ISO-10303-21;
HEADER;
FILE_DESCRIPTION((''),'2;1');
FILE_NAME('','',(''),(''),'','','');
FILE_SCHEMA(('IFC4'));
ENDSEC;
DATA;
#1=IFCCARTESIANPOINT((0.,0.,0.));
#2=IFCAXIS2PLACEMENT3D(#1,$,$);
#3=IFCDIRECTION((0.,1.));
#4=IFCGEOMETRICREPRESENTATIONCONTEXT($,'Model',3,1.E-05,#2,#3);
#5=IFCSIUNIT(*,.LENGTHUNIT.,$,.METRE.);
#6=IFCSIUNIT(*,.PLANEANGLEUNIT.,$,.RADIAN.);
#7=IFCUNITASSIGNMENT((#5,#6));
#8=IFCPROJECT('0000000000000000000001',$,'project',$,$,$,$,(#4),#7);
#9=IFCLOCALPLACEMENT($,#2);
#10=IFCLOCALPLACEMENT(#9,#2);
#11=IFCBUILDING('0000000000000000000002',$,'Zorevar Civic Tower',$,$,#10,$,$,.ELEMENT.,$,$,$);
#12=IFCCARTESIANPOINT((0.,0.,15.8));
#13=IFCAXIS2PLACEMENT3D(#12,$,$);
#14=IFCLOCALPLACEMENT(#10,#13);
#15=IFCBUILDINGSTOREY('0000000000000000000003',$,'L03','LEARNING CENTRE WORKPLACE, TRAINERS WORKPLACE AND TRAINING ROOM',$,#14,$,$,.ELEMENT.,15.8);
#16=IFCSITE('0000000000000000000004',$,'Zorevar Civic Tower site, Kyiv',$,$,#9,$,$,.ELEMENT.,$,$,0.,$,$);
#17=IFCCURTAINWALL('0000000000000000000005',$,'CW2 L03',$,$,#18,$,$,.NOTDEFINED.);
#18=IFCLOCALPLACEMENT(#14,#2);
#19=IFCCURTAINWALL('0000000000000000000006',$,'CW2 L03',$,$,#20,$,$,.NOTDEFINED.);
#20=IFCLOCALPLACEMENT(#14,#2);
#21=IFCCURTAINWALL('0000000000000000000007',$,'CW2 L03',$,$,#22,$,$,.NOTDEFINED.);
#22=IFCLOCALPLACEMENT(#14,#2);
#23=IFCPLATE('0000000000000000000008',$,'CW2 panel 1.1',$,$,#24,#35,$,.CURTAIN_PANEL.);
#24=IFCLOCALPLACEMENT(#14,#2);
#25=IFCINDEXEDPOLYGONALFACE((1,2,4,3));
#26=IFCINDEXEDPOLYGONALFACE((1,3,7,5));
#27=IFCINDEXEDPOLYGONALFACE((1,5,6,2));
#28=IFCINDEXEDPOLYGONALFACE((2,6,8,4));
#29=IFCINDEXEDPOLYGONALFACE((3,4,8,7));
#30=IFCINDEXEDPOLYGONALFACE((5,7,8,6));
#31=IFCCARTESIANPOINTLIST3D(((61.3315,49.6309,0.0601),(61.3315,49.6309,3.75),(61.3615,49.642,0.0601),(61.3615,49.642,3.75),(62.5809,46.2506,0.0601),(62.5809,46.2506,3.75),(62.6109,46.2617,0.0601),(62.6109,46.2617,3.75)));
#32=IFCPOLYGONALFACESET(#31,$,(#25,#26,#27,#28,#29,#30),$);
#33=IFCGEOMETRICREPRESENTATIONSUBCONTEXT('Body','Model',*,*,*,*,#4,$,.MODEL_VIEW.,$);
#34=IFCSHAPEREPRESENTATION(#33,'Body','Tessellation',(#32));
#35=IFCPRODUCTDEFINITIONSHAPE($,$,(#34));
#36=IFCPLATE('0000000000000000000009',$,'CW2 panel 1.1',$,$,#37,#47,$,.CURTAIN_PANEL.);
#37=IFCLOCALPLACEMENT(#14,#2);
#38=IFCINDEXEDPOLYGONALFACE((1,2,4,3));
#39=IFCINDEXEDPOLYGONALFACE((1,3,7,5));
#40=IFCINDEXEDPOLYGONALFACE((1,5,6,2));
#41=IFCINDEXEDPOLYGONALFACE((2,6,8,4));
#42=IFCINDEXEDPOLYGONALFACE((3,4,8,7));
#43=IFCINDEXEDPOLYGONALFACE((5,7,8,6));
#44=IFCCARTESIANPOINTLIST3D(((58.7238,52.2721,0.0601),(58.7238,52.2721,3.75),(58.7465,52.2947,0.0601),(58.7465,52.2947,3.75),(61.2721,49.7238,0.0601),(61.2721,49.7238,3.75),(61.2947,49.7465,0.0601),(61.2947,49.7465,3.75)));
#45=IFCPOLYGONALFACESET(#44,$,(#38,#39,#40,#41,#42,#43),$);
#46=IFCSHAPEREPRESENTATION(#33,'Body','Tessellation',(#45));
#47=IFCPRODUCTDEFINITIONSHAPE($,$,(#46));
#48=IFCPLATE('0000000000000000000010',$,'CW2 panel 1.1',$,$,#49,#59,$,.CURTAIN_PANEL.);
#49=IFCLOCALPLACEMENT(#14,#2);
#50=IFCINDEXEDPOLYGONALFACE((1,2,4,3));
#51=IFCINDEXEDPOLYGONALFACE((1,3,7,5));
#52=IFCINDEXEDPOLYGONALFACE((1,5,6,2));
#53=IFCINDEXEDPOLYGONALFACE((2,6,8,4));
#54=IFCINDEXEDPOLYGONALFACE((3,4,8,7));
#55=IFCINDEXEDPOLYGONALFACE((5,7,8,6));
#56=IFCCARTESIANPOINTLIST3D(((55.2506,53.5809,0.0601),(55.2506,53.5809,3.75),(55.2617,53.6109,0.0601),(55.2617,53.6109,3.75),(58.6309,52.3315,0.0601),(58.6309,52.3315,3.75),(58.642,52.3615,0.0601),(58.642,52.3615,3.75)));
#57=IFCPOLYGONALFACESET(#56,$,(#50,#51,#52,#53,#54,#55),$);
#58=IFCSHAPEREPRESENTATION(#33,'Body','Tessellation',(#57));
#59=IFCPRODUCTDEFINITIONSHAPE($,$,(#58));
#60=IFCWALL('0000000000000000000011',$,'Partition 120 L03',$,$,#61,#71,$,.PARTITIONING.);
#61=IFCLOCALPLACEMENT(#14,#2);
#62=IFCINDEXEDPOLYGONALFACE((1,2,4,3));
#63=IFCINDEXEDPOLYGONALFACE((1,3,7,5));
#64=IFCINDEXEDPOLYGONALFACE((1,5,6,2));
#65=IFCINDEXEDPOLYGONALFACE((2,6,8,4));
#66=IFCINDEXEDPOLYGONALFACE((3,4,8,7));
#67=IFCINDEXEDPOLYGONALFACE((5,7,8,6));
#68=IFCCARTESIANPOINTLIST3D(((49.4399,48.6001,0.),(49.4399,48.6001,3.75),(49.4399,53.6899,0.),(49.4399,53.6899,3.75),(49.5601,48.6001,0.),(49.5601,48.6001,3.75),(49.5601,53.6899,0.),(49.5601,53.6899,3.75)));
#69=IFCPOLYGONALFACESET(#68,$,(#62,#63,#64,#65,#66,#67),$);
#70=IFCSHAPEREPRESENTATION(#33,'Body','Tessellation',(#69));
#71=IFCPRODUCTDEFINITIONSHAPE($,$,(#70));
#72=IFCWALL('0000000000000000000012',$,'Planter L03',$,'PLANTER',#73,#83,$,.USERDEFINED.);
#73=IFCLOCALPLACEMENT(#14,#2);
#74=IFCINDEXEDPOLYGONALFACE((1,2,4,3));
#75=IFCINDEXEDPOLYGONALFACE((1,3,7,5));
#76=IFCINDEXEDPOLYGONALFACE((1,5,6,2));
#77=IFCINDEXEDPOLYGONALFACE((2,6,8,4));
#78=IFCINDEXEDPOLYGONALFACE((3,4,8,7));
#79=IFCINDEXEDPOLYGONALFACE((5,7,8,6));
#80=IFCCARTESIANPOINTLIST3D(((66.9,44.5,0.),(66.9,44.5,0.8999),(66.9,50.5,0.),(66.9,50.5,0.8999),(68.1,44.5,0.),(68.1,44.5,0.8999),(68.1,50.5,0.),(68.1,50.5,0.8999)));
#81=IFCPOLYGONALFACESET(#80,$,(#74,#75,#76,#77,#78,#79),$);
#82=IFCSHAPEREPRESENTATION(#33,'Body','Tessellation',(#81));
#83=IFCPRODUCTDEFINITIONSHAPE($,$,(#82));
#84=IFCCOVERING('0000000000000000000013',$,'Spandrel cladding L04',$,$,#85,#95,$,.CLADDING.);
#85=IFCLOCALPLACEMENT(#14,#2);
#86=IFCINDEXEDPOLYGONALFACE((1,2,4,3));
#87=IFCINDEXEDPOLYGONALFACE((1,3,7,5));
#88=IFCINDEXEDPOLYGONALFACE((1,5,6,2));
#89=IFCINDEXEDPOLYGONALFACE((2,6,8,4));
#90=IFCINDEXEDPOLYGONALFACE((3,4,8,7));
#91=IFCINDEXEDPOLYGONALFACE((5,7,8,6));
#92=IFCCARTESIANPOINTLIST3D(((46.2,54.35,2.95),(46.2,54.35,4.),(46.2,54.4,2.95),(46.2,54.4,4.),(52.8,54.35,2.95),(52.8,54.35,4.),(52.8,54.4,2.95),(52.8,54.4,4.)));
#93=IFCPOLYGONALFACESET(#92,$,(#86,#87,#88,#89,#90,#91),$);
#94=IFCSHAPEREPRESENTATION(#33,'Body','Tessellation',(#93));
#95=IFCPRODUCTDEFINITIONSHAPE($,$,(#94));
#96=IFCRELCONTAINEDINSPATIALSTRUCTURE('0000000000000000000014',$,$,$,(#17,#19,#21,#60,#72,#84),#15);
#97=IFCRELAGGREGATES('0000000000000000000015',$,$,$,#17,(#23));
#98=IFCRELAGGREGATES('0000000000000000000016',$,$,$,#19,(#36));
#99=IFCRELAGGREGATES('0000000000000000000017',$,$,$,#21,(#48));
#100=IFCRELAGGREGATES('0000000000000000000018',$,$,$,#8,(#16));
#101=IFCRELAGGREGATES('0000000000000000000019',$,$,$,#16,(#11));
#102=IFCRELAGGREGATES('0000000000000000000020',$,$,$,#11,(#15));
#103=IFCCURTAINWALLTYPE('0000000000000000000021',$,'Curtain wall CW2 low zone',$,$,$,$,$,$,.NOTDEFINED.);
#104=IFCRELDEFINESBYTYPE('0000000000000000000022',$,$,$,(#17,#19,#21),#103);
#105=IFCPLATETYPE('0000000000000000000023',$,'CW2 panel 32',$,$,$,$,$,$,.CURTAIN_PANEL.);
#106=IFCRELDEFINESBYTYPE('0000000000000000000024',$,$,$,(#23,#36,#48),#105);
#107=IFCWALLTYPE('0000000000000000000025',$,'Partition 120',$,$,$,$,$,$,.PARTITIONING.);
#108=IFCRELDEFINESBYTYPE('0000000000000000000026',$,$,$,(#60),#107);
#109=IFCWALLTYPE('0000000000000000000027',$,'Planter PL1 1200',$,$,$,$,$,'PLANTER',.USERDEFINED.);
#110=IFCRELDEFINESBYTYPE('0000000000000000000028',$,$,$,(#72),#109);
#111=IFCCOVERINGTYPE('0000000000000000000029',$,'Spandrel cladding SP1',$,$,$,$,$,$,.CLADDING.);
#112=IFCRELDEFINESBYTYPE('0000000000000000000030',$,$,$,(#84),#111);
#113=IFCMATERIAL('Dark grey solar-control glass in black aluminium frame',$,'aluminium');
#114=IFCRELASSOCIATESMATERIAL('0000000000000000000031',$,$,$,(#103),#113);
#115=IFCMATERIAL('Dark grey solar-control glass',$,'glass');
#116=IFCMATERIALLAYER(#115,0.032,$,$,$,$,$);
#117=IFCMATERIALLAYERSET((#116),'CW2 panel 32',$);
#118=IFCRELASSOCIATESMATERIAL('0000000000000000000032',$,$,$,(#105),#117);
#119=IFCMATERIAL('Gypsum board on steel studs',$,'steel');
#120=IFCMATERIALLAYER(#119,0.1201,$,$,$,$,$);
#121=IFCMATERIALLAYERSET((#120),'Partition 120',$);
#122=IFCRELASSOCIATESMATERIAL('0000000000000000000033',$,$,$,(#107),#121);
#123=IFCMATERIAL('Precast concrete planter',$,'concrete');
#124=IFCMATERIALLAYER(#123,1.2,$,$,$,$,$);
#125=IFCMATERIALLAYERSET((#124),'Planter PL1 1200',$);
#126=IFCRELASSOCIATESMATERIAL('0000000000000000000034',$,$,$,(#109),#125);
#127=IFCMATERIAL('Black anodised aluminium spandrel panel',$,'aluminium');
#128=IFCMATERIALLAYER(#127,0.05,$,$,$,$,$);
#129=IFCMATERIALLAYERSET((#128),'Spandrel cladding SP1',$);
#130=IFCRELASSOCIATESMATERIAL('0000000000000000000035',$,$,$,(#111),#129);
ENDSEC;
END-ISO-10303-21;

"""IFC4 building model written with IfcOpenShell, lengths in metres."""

from ifc_helpers import new_model, si_unit, direction, frame, frame_2d, origin, origin_2d, place, context, subcontext, project, spatial, rectangle, extrude, material, layer, layer_set, type_object, element, aggregate, save


model = new_model("IFC4")

# Units and contexts
model_context = context("Model", 3, precision=1e-05, world=origin(), true_north=direction((0.0, 1.0)))
body_context = subcontext(model_context, "Body", "Model", "MODEL_VIEW")
ifc_project = project(units=[si_unit("LENGTHUNIT", "METRE"), si_unit("PLANEANGLEUNIT", "RADIAN")], contexts=[model_context])

# Site, building, storey
site_placement = place(None, origin())
site = spatial("IfcSite", under=ifc_project, at=site_placement, Name="Zorevar Civic Tower site, Kyiv", CompositionType="ELEMENT", RefElevation=0.0)
building_placement = place(site_placement, origin())
building = spatial("IfcBuilding", under=site, at=building_placement, Name="Zorevar Civic Tower", CompositionType="ELEMENT")
storey_placement = place(building_placement, frame((0.0, 0.0, 15.8)))
storey = spatial("IfcBuildingStorey", under=building, at=storey_placement, Name="L03", Description="LEARNING CENTRE WORKPLACE, TRAINERS WORKPLACE AND TRAINING ROOM", CompositionType="ELEMENT", Elevation=15.8)

# Shared definitions
ifc_material_1 = material(Name="Dark grey solar-control glass in black aluminium frame", Category="aluminium")
curtain_wall_type = type_object("IfcCurtainWallType", Name="Curtain wall CW2 low zone", PredefinedType="NOTDEFINED", material=ifc_material_1)

# Curtain walls
curtain_wall_1_placement = place(storey_placement, origin())
curtain_wall_1 = element("IfcCurtainWall", 1, at=curtain_wall_1_placement, inside=storey, type_object=curtain_wall_type, Name="CW2 L03", PredefinedType="NOTDEFINED")
curtain_wall_2_placement = place(storey_placement, origin())
curtain_wall_2 = element("IfcCurtainWall", 2, at=curtain_wall_2_placement, inside=storey, type_object=curtain_wall_type, Name="CW2 L03", PredefinedType="NOTDEFINED")
curtain_wall_3_placement = place(storey_placement, origin())
curtain_wall_3 = element("IfcCurtainWall", 3, at=curtain_wall_3_placement, inside=storey, type_object=curtain_wall_type, Name="CW2 L03", PredefinedType="NOTDEFINED")

# Plates
ifc_material_2 = material(Name="Dark grey solar-control glass", Category="glass")
ifc_layer_1 = layer(ifc_material_2, 0.032)
ifc_layer_set_1 = layer_set([ifc_layer_1], Name="CW2 panel 32")
plate_type = type_object("IfcPlateType", Name="CW2 panel 32", PredefinedType="CURTAIN_PANEL", material=ifc_layer_set_1)
plate_1_placement = place(storey_placement, frame((61.9712, 47.9463, 0.0601), z_axis=(0.0, 0.0, 1.0), x_axis=(-0.346704, 0.937975, 0.0)))
plate_1 = element("IfcPlate", 4, at=plate_1_placement, type_object=plate_type, Name="CW2 panel 1.1", PredefinedType="CURTAIN_PANEL", context=body_context, shape_type="SweptSolid", body=[
    extrude(rectangle(XDim=3.6038, YDim=0.032, at=origin_2d()), origin(), (0.0, 0.0, 1.0), 3.6899),
])
aggregate(curtain_wall_1, [plate_1])
plate_2_placement = place(storey_placement, frame((60.0093, 51.0093, 0.0601), z_axis=(0.0, 0.0, 1.0), x_axis=(-0.707107, 0.707107, 0.0)))
plate_2 = element("IfcPlate", 5, at=plate_2_placement, type_object=plate_type, Name="CW2 panel 1.1", PredefinedType="CURTAIN_PANEL", context=body_context, shape_type="SweptSolid", body=[
    extrude(rectangle(XDim=3.6038, YDim=0.032, at=origin_2d()), origin(), (0.0, 0.0, 1.0), 3.6899),
])
aggregate(curtain_wall_2, [plate_2])
plate_3_placement = place(storey_placement, frame((56.9463, 52.9712, 0.0601), z_axis=(0.0, 0.0, 1.0), x_axis=(-0.937975, 0.346704, 0.0)))
plate_3 = element("IfcPlate", 6, at=plate_3_placement, type_object=plate_type, Name="CW2 panel 1.1", PredefinedType="CURTAIN_PANEL", context=body_context, shape_type="SweptSolid", body=[
    extrude(rectangle(XDim=3.6038, YDim=0.032, at=origin_2d()), origin(), (0.0, 0.0, 1.0), 3.6899),
])
aggregate(curtain_wall_3, [plate_3])

# Walls
ifc_material_3 = material(Name="Gypsum board on steel studs", Category="steel")
ifc_layer_2 = layer(ifc_material_3, 0.1201)
ifc_layer_set_2 = layer_set([ifc_layer_2], Name="Partition 120")
wall_type_1 = type_object("IfcWallType", Name="Partition 120", PredefinedType="PARTITIONING", material=ifc_layer_set_2)
wall_1_placement = place(storey_placement, frame((49.5, 48.6001, 0.0), z_axis=(0.0, 0.0, 1.0), x_axis=(0.0, 1.0, 0.0)))
element("IfcWall", 7, at=wall_1_placement, inside=storey, type_object=wall_type_1, Name="Partition 120 L03", PredefinedType="PARTITIONING", context=body_context, shape_type="SweptSolid", body=[
    extrude(rectangle(XDim=5.0898, YDim=0.1201, at=frame_2d((2.5449, 0.0))), origin(), (0.0, 0.0, 1.0), 3.75),
])
ifc_material_4 = material(Name="Precast concrete planter", Category="concrete")
ifc_layer_3 = layer(ifc_material_4, 1.2)
ifc_layer_set_3 = layer_set([ifc_layer_3], Name="Planter PL1 1200")
wall_type_2 = type_object("IfcWallType", Name="Planter PL1 1200", ElementType="PLANTER", PredefinedType="USERDEFINED", material=ifc_layer_set_3)
wall_2_placement = place(storey_placement, frame((67.5, 44.5, 0.0), z_axis=(0.0, 0.0, 1.0), x_axis=(0.0, 1.0, 0.0)))
element("IfcWall", 8, at=wall_2_placement, inside=storey, type_object=wall_type_2, Name="Planter L03", ObjectType="PLANTER", PredefinedType="USERDEFINED", context=body_context, shape_type="SweptSolid", body=[
    extrude(rectangle(XDim=6.0, YDim=1.2, at=frame_2d((3.0, 0.0))), origin(), (0.0, 0.0, 1.0), 0.8999),
])

# Covering
ifc_material_5 = material(Name="Black anodised aluminium spandrel panel", Category="aluminium")
ifc_layer_4 = layer(ifc_material_5, 0.05)
ifc_layer_set_4 = layer_set([ifc_layer_4], Name="Spandrel cladding SP1")
covering_type = type_object("IfcCoveringType", Name="Spandrel cladding SP1", PredefinedType="CLADDING", material=ifc_layer_set_4)
covering_placement = place(storey_placement, frame((46.2, 54.375, 2.95), z_axis=(0.0, 0.0, 1.0), x_axis=(1.0, 0.0, 0.0)))
element("IfcCovering", 9, at=covering_placement, inside=storey, type_object=covering_type, Name="Spandrel cladding L04", PredefinedType="CLADDING", context=body_context, shape_type="SweptSolid", body=[
    extrude(rectangle(XDim=6.6001, YDim=0.05, at=frame_2d((3.3, 0.0))), origin(), (0.0, 0.0, 1.0), 1.05),
])

save(model, "model.ifc")
